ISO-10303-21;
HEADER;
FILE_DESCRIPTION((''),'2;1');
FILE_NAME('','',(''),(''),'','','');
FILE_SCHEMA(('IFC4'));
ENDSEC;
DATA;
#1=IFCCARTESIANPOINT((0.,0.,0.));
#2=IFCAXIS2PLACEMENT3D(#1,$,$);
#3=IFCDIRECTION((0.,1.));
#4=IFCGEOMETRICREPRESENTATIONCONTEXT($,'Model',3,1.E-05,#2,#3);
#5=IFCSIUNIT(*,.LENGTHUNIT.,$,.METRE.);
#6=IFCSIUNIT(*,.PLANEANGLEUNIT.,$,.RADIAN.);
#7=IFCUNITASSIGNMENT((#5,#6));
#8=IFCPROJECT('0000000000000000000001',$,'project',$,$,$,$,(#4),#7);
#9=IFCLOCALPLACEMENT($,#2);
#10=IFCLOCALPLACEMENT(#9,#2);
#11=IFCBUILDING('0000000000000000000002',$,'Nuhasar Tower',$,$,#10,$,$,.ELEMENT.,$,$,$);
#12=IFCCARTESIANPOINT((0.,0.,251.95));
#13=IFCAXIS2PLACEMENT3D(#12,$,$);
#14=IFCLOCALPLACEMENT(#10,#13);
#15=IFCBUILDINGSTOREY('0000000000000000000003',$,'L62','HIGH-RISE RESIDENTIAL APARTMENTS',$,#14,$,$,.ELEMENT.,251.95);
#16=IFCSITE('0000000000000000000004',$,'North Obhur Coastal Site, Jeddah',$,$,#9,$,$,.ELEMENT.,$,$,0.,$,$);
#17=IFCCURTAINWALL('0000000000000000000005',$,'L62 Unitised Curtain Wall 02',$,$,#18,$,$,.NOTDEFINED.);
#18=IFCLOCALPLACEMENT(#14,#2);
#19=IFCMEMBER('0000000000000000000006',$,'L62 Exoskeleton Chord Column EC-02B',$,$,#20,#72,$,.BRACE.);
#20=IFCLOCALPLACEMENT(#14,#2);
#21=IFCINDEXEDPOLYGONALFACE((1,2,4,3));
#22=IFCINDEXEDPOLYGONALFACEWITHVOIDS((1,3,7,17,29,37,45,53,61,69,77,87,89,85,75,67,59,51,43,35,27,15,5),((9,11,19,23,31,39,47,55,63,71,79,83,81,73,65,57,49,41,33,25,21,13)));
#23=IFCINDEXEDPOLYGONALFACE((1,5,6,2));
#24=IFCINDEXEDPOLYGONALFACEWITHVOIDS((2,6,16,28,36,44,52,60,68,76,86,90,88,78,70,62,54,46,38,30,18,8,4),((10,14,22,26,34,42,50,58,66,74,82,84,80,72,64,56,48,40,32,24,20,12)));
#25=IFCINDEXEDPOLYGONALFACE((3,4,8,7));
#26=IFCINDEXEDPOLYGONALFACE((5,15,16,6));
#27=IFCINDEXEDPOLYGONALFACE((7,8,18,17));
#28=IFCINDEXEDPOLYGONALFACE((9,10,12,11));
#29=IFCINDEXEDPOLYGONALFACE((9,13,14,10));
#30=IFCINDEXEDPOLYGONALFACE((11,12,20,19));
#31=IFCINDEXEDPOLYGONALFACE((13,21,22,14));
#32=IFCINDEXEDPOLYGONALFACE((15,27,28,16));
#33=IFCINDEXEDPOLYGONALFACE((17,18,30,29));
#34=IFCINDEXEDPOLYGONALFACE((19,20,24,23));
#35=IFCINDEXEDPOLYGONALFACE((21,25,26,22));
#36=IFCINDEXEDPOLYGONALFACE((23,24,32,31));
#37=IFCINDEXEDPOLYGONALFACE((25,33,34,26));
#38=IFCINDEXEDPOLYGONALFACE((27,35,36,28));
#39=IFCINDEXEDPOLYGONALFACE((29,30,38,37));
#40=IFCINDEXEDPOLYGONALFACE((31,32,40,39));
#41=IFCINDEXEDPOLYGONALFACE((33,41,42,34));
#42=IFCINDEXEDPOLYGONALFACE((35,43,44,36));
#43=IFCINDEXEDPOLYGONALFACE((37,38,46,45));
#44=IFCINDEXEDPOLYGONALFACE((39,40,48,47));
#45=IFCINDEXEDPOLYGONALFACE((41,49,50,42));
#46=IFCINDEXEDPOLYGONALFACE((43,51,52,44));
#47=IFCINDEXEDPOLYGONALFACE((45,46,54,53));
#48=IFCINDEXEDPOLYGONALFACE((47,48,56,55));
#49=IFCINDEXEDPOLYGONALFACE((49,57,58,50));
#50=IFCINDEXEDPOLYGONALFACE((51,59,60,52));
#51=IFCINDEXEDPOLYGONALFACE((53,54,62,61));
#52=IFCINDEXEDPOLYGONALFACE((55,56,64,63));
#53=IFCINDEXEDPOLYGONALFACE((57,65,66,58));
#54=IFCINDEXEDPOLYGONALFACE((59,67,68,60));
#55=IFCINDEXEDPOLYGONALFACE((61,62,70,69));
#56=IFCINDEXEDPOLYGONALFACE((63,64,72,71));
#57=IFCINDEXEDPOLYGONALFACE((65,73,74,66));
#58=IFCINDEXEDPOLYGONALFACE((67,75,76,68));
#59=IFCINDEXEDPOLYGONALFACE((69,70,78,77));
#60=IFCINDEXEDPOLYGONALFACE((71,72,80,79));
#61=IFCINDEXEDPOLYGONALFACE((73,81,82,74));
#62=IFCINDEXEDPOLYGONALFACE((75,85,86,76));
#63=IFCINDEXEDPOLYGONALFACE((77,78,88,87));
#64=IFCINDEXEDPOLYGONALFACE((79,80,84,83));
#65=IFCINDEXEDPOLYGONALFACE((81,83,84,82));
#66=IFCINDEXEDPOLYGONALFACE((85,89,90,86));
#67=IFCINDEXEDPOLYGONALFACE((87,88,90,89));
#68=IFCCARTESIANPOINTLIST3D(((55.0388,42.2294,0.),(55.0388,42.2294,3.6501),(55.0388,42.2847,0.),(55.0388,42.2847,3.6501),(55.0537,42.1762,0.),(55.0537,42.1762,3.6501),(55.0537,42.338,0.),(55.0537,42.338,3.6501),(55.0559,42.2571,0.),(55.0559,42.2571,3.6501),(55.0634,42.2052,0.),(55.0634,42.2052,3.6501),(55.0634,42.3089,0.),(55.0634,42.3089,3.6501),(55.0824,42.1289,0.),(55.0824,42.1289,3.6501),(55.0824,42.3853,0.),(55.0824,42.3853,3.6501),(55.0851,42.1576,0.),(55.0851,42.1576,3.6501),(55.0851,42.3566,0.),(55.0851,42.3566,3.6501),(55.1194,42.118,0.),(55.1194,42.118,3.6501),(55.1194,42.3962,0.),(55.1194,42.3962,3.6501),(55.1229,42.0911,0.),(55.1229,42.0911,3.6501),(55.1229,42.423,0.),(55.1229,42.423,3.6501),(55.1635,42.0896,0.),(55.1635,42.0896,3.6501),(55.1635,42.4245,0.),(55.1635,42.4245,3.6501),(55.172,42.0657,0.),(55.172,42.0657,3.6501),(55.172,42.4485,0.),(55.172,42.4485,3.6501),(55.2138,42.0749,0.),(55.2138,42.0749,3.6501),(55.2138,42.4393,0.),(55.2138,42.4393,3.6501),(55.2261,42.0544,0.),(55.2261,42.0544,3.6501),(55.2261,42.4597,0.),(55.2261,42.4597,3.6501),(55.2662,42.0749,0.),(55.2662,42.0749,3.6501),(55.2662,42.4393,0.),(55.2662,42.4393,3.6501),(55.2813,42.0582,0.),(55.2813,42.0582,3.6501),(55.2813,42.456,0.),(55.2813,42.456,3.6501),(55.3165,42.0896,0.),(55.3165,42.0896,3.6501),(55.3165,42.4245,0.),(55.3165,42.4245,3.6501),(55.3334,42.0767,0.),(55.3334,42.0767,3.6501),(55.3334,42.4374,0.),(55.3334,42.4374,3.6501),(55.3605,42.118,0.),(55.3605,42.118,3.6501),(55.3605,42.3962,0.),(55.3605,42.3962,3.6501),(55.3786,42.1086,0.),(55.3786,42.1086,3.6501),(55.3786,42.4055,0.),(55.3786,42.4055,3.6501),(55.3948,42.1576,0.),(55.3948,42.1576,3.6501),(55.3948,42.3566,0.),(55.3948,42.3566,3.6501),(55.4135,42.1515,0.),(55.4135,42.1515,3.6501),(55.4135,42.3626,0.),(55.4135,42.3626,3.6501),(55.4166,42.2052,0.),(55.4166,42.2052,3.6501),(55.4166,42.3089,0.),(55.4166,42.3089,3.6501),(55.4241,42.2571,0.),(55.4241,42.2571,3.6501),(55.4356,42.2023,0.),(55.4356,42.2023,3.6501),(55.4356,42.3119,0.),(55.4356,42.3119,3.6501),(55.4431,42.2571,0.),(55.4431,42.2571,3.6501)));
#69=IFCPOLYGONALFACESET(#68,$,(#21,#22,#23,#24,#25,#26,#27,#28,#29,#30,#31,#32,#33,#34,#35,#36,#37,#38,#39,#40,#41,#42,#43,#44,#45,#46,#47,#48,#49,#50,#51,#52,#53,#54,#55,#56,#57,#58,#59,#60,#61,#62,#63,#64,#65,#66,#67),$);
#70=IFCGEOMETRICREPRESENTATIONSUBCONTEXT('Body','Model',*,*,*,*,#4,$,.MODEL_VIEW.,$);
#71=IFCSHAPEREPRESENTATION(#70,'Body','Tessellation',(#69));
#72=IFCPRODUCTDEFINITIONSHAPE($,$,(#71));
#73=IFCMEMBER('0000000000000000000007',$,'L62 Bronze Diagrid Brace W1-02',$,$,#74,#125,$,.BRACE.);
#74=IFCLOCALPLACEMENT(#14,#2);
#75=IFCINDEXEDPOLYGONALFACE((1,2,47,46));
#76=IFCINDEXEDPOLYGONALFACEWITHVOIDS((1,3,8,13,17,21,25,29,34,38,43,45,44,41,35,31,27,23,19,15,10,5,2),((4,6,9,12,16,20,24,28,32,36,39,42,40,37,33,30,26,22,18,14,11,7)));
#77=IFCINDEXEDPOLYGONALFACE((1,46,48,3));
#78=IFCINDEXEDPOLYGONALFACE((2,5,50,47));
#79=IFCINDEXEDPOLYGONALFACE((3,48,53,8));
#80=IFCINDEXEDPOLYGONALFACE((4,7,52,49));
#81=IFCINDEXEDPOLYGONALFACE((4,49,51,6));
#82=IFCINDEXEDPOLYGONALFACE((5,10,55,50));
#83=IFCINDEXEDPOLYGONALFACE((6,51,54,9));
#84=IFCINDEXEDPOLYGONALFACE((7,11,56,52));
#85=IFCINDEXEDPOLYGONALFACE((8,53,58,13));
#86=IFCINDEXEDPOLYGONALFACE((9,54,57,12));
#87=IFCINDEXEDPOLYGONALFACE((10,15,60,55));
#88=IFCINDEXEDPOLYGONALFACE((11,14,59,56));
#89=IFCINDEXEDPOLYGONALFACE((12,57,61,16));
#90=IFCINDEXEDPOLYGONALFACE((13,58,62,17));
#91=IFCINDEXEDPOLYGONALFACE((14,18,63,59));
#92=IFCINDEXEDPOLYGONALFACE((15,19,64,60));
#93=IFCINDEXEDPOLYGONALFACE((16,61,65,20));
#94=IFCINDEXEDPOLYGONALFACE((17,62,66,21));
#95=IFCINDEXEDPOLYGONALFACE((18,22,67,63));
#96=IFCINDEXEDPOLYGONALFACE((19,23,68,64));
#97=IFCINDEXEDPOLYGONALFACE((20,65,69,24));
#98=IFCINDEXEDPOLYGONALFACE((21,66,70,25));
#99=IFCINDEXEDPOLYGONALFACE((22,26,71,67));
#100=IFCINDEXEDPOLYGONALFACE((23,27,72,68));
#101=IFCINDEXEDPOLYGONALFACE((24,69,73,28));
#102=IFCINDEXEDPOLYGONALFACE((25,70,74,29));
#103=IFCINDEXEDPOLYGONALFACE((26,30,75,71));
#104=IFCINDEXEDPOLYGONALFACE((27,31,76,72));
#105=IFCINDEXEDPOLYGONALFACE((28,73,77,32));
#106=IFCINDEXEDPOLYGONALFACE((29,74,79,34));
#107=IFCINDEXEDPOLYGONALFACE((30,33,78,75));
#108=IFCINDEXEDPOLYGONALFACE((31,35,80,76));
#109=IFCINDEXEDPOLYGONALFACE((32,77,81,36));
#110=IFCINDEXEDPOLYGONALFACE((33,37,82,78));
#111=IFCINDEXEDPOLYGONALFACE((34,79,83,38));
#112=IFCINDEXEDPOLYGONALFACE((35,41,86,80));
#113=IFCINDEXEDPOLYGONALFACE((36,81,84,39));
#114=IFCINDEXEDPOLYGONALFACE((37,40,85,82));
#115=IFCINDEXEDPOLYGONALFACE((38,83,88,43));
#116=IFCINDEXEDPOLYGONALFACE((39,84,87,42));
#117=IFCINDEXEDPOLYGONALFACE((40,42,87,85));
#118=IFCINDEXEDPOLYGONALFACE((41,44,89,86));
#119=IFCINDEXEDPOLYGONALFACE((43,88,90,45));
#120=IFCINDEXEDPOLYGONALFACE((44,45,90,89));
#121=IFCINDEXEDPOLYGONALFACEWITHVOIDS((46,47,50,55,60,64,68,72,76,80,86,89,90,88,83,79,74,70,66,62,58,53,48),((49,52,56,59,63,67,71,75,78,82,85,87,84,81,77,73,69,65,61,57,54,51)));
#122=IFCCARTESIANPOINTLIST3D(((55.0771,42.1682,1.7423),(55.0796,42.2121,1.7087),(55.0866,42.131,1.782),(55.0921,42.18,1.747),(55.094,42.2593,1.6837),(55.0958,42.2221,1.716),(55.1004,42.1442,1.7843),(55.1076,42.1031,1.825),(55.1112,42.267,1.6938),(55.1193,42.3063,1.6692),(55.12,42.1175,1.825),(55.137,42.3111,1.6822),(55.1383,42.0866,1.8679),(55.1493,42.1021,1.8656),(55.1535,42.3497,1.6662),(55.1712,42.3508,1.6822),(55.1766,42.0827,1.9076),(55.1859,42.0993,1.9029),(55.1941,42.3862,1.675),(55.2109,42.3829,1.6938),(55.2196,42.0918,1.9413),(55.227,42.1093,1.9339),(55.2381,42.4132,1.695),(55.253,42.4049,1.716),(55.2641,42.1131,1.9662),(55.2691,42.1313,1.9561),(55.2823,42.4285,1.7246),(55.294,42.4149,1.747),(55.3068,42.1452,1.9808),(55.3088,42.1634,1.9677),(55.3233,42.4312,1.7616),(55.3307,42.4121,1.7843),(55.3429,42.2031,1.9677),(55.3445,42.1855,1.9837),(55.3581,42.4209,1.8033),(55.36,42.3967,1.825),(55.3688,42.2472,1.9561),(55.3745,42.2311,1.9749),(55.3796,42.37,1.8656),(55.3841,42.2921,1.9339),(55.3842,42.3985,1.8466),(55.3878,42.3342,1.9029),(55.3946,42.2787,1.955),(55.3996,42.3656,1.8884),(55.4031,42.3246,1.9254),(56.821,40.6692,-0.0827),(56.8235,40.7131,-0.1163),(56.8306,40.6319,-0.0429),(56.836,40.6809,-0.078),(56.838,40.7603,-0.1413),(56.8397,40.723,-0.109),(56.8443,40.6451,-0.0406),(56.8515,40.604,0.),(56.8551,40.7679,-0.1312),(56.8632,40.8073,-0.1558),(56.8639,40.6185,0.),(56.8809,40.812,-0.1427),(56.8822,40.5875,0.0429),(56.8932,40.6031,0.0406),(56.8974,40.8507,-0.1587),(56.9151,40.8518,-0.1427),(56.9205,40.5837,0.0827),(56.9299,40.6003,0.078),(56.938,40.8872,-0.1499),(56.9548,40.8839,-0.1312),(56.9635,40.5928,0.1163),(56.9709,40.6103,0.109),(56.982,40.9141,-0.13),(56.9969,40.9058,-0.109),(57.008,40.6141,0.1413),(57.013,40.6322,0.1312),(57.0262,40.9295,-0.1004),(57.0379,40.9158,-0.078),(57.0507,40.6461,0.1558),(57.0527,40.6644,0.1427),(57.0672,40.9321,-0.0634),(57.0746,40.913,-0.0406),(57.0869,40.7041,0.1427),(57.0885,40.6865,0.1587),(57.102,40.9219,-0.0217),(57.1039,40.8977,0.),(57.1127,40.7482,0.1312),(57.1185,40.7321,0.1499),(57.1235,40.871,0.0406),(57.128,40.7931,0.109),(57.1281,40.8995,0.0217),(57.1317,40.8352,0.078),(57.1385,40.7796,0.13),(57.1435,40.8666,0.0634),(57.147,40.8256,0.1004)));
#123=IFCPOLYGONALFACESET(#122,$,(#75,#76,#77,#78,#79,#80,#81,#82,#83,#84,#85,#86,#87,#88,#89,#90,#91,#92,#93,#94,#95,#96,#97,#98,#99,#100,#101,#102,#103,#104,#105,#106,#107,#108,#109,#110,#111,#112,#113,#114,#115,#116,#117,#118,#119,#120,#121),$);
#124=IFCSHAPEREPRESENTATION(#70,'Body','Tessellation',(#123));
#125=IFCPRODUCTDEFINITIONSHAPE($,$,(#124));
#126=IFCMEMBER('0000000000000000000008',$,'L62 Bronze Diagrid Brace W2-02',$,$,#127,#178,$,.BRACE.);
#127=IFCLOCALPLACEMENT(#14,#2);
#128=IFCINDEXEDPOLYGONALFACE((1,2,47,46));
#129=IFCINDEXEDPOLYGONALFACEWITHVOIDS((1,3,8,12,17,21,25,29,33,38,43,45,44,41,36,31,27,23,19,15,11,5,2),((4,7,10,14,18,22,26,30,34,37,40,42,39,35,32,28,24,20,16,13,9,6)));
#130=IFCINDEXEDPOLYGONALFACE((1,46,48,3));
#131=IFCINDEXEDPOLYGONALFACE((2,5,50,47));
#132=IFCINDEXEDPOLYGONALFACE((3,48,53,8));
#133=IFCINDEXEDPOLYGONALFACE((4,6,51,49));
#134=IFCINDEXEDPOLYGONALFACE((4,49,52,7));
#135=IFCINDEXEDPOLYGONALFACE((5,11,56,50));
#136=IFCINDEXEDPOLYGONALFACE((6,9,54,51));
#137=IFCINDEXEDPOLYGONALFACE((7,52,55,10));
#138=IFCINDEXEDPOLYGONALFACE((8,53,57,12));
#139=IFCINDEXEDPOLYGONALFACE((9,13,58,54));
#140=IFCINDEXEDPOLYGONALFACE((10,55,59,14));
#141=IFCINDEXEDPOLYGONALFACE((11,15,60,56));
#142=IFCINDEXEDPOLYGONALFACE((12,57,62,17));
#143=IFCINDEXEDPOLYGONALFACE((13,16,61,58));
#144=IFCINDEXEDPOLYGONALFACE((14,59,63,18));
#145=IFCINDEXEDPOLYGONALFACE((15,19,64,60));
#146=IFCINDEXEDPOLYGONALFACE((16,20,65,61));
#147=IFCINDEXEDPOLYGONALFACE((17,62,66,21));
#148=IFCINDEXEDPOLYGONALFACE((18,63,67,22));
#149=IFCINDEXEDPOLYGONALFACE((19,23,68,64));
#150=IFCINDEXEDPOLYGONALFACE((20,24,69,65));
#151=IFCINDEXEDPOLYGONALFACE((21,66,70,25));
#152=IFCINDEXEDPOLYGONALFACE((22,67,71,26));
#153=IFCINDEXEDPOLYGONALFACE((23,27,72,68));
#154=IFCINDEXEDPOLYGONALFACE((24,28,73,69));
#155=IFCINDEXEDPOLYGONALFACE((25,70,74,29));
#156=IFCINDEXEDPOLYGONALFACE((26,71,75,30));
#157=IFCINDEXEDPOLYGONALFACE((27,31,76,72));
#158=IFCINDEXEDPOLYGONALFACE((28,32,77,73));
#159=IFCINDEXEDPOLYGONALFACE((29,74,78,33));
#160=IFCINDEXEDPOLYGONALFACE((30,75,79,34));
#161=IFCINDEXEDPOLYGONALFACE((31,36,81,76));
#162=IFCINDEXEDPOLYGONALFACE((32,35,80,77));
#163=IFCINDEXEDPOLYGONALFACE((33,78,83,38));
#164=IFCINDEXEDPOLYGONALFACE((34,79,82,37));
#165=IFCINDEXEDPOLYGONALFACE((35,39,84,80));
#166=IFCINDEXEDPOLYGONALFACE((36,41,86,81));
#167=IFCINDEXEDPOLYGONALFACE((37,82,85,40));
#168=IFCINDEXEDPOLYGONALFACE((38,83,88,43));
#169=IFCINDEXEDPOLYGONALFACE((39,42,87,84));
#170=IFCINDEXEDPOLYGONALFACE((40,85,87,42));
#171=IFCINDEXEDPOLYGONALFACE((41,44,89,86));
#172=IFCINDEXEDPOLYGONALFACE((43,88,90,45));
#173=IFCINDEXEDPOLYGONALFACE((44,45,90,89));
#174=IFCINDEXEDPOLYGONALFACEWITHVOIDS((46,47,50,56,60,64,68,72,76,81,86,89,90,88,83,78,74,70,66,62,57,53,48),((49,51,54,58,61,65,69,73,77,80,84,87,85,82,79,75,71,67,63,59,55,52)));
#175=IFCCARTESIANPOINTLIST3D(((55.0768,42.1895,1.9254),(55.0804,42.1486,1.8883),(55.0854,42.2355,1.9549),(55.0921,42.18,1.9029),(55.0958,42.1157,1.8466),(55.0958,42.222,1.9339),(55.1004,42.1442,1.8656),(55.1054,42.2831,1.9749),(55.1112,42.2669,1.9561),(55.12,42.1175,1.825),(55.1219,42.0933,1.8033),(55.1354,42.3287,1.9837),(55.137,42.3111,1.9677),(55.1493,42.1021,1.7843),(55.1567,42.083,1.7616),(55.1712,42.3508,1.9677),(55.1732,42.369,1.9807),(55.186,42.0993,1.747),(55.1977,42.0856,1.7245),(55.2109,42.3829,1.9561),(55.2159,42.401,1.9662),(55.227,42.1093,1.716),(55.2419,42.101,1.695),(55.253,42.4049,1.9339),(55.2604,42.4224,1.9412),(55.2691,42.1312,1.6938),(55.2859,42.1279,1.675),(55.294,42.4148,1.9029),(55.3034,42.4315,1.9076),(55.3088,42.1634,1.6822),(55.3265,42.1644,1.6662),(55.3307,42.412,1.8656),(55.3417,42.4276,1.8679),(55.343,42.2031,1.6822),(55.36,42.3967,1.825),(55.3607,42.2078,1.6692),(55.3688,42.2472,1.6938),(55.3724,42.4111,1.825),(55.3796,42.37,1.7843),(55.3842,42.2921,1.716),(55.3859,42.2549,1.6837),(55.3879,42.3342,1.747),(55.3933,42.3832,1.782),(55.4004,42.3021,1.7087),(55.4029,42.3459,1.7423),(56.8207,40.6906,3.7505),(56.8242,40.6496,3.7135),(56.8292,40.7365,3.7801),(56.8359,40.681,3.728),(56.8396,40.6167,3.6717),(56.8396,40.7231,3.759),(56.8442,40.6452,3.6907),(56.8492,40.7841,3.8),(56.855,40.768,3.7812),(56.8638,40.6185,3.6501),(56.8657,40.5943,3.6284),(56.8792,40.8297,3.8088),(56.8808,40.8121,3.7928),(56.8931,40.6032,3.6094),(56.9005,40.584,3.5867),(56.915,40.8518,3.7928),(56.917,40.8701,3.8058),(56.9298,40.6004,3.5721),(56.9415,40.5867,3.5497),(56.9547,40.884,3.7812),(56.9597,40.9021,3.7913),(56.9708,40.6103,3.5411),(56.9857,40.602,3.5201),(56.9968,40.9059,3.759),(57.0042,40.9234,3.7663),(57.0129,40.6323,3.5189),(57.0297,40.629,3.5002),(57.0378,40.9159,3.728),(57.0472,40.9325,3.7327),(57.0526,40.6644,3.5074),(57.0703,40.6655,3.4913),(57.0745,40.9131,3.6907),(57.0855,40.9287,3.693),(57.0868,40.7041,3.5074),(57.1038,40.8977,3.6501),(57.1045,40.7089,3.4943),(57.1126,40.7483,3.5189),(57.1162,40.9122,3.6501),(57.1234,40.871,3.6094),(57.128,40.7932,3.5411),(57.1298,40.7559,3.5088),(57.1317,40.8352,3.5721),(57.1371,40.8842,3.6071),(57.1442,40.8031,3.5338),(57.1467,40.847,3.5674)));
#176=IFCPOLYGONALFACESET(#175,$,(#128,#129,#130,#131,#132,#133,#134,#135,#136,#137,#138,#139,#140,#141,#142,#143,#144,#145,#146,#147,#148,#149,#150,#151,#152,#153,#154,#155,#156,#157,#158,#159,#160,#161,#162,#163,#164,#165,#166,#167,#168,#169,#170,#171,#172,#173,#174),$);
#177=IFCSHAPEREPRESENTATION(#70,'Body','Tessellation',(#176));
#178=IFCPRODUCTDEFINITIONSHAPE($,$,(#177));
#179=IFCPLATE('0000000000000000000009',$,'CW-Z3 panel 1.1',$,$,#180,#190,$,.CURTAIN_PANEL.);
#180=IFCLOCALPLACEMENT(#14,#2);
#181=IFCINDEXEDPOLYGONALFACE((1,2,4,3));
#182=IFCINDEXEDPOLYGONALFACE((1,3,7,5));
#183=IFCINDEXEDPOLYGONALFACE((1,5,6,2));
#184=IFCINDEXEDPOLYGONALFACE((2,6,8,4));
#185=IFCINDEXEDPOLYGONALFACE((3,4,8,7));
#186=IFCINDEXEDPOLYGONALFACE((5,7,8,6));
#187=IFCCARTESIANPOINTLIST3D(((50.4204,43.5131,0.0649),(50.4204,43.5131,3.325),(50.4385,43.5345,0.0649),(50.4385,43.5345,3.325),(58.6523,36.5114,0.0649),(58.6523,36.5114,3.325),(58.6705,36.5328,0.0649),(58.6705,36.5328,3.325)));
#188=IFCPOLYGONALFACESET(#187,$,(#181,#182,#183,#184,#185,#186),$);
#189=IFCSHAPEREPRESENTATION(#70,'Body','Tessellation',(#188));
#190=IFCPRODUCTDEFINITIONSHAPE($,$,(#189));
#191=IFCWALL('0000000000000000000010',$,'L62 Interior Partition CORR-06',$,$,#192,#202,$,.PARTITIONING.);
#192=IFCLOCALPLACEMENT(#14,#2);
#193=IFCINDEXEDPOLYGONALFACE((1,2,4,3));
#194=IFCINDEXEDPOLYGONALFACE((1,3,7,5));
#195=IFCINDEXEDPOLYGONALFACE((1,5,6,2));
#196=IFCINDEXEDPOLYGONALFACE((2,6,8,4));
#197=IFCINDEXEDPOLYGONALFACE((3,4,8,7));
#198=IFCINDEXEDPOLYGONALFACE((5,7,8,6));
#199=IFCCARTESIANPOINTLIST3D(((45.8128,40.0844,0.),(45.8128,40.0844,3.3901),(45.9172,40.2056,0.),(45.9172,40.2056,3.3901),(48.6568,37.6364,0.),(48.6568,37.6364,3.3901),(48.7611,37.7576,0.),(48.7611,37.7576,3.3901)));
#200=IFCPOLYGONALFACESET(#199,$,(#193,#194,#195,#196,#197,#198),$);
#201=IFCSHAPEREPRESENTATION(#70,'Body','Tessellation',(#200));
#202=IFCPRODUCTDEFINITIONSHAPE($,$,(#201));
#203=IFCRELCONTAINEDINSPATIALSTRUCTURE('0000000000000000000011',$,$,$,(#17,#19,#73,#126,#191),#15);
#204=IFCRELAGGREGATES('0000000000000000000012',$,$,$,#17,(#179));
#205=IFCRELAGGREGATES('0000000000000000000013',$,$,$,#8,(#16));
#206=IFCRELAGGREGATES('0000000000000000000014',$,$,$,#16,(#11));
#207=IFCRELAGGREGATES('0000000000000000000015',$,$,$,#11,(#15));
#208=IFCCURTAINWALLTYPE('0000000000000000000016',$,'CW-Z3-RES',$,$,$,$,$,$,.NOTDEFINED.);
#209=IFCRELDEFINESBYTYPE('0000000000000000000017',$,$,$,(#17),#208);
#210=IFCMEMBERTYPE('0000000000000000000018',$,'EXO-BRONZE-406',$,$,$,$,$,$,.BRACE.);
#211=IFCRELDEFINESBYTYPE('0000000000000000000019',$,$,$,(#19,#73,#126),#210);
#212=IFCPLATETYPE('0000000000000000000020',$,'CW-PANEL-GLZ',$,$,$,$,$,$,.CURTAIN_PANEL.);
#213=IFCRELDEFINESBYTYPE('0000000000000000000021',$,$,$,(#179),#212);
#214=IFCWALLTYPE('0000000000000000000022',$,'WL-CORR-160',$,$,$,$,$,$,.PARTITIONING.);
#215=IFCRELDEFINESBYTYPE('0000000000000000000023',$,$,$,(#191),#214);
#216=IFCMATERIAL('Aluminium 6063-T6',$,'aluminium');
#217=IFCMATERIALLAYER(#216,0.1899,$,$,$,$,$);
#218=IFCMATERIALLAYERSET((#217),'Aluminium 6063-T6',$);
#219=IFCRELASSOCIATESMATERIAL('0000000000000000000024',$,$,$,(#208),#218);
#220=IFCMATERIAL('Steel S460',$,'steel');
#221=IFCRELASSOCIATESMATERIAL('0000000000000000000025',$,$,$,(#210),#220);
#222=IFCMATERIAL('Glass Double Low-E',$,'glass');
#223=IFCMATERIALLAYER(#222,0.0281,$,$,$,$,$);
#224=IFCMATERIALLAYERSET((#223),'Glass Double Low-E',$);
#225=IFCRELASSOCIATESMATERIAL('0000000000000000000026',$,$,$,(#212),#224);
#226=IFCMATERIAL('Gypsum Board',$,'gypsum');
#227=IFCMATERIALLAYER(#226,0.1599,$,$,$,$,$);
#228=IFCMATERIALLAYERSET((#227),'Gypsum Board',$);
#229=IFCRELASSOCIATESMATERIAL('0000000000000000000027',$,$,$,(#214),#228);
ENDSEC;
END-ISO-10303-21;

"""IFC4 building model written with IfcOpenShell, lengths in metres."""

from ifc_helpers import new_model, si_unit, direction, frame, frame_2d, origin, origin_2d, place, context, subcontext, project, spatial, rectangle, hollow_circle, extrude, material, layer, layer_set, material_profile, profile_set, type_object, element, aggregate, save


model = new_model("IFC4")

# Units and contexts
model_context = context("Model", 3, precision=1e-05, world=origin(), true_north=direction((0.0, 1.0)))
body_context = subcontext(model_context, "Body", "Model", "MODEL_VIEW")
ifc_project = project(units=[si_unit("LENGTHUNIT", "METRE"), si_unit("PLANEANGLEUNIT", "RADIAN")], contexts=[model_context])

# Site, building, storey
site_placement = place(None, origin())
site = spatial("IfcSite", under=ifc_project, at=site_placement, Name="North Obhur Coastal Site, Jeddah", CompositionType="ELEMENT", RefElevation=0.0)
building_placement = place(site_placement, origin())
building = spatial("IfcBuilding", under=site, at=building_placement, Name="Nuhasar Tower", CompositionType="ELEMENT")
storey_placement = place(building_placement, frame((0.0, 0.0, 251.95)))
storey = spatial("IfcBuildingStorey", under=building, at=storey_placement, Name="L62", Description="HIGH-RISE RESIDENTIAL APARTMENTS", CompositionType="ELEMENT", Elevation=251.95)

# Curtain wall
ifc_material_1 = material(Name="Aluminium 6063-T6", Category="aluminium")
ifc_layer_1 = layer(ifc_material_1, 0.1899)
ifc_layer_set_1 = layer_set([ifc_layer_1], Name="Aluminium 6063-T6")
curtain_wall_type = type_object("IfcCurtainWallType", Name="CW-Z3-RES", PredefinedType="NOTDEFINED", material=ifc_layer_set_1)
curtain_wall_1_placement = place(storey_placement, origin())
curtain_wall_1 = element("IfcCurtainWall", 1, at=curtain_wall_1_placement, inside=storey, type_object=curtain_wall_type, Name="L62 Unitised Curtain Wall 02", PredefinedType="NOTDEFINED")

# Members
ifc_material_2 = material(Name="Steel S460", Category="steel")
ifc_material_profile_1 = material_profile(ifc_material_2, hollow_circle(Radius=0.2031, WallThickness=0.019, at=origin_2d()), Name="HSS406.4X19.1")
ifc_profile_set_1 = profile_set([ifc_material_profile_1], Name="Steel S460")
member_type_1 = type_object("IfcMemberType", Name="EXO-BRONZE-406", PredefinedType="BRACE", material=ifc_profile_set_1)
for number, where, z_axis, x_axis, name in (
    (2, (55.24, 42.2571, 0.0), (0.0, 0.0, 1.0), (1.0, 0.0, 0.0), "L62 Exoskeleton Chord Column EC-02B"),
):
    element("IfcMember", number, at=place(storey_placement, frame(where, z_axis=z_axis, x_axis=x_axis)), inside=storey, type_object=member_type_1, Name=name, PredefinedType="BRACE", context=body_context, shape_type="SweptSolid", body=[
        extrude(hollow_circle(Radius=0.2031, WallThickness=0.019, at=origin_2d()), origin(), (0.0, 0.0, 1.0), 3.6501),
    ])
for number, where, z_axis, x_axis, name in (
    (3, (56.9839, 40.7581, 0.0), (-0.594019, 0.510608, 0.621628), (-0.651857, -0.758342, 0.0), "L62 Bronze Diagrid Brace W1-02"),
    (4, (55.24, 42.2571, 1.825), (0.593988, -0.510582, 0.621679), (0.651857, 0.758342, 0.0), "L62 Bronze Diagrid Brace W2-02"),
):
    element("IfcMember", number, at=place(storey_placement, frame(where, z_axis=z_axis, x_axis=x_axis)), inside=storey, type_object=member_type_1, Name=name, PredefinedType="BRACE", context=body_context, shape_type="SweptSolid", body=[
        extrude(hollow_circle(Radius=0.2031, WallThickness=0.019, at=origin_2d()), origin(), (0.0, 0.0, 1.0), 2.9358),
    ])

# Plate
ifc_material_3 = material(Name="Glass Double Low-E", Category="glass")
ifc_layer_2 = layer(ifc_material_3, 0.0281)
ifc_layer_set_2 = layer_set([ifc_layer_2], Name="Glass Double Low-E")
plate_type = type_object("IfcPlateType", Name="CW-PANEL-GLZ", PredefinedType="CURTAIN_PANEL", material=ifc_layer_set_2)
plate_placement = place(storey_placement, frame((54.5454, 40.0229, 0.0649), z_axis=(0.0, 0.0, 1.0), x_axis=(-0.761729, 0.647895, 0.0)))
plate = element("IfcPlate", 5, at=plate_placement, type_object=plate_type, Name="CW-Z3 panel 1.1", PredefinedType="CURTAIN_PANEL", context=body_context, shape_type="SweptSolid", body=[
    extrude(rectangle(XDim=10.8069, YDim=0.0281, at=origin_2d()), origin(), (0.0, 0.0, 1.0), 3.26),
])
aggregate(curtain_wall_1, [plate])

# Wall
ifc_material_4 = material(Name="Gypsum Board", Category="gypsum")
ifc_layer_3 = layer(ifc_material_4, 0.1599)
ifc_layer_set_3 = layer_set([ifc_layer_3], Name="Gypsum Board")
wall_type_1 = type_object("IfcWallType", Name="WL-CORR-160", PredefinedType="PARTITIONING", material=ifc_layer_set_3)
wall_1_placement = place(storey_placement, frame((48.709, 37.697, 0.0), z_axis=(0.0, 0.0, 1.0), x_axis=(-0.7579, 0.652371, 0.0)))
element("IfcWall", 6, at=wall_1_placement, inside=storey, type_object=wall_type_1, Name="L62 Interior Partition CORR-06", PredefinedType="PARTITIONING", context=body_context, shape_type="SweptSolid", body=[
    extrude(rectangle(XDim=3.7524, YDim=0.1599, at=frame_2d((1.8762, 0.0))), origin(), (0.0, 0.0, 1.0), 3.3901),
])

save(model, "model.ifc")
